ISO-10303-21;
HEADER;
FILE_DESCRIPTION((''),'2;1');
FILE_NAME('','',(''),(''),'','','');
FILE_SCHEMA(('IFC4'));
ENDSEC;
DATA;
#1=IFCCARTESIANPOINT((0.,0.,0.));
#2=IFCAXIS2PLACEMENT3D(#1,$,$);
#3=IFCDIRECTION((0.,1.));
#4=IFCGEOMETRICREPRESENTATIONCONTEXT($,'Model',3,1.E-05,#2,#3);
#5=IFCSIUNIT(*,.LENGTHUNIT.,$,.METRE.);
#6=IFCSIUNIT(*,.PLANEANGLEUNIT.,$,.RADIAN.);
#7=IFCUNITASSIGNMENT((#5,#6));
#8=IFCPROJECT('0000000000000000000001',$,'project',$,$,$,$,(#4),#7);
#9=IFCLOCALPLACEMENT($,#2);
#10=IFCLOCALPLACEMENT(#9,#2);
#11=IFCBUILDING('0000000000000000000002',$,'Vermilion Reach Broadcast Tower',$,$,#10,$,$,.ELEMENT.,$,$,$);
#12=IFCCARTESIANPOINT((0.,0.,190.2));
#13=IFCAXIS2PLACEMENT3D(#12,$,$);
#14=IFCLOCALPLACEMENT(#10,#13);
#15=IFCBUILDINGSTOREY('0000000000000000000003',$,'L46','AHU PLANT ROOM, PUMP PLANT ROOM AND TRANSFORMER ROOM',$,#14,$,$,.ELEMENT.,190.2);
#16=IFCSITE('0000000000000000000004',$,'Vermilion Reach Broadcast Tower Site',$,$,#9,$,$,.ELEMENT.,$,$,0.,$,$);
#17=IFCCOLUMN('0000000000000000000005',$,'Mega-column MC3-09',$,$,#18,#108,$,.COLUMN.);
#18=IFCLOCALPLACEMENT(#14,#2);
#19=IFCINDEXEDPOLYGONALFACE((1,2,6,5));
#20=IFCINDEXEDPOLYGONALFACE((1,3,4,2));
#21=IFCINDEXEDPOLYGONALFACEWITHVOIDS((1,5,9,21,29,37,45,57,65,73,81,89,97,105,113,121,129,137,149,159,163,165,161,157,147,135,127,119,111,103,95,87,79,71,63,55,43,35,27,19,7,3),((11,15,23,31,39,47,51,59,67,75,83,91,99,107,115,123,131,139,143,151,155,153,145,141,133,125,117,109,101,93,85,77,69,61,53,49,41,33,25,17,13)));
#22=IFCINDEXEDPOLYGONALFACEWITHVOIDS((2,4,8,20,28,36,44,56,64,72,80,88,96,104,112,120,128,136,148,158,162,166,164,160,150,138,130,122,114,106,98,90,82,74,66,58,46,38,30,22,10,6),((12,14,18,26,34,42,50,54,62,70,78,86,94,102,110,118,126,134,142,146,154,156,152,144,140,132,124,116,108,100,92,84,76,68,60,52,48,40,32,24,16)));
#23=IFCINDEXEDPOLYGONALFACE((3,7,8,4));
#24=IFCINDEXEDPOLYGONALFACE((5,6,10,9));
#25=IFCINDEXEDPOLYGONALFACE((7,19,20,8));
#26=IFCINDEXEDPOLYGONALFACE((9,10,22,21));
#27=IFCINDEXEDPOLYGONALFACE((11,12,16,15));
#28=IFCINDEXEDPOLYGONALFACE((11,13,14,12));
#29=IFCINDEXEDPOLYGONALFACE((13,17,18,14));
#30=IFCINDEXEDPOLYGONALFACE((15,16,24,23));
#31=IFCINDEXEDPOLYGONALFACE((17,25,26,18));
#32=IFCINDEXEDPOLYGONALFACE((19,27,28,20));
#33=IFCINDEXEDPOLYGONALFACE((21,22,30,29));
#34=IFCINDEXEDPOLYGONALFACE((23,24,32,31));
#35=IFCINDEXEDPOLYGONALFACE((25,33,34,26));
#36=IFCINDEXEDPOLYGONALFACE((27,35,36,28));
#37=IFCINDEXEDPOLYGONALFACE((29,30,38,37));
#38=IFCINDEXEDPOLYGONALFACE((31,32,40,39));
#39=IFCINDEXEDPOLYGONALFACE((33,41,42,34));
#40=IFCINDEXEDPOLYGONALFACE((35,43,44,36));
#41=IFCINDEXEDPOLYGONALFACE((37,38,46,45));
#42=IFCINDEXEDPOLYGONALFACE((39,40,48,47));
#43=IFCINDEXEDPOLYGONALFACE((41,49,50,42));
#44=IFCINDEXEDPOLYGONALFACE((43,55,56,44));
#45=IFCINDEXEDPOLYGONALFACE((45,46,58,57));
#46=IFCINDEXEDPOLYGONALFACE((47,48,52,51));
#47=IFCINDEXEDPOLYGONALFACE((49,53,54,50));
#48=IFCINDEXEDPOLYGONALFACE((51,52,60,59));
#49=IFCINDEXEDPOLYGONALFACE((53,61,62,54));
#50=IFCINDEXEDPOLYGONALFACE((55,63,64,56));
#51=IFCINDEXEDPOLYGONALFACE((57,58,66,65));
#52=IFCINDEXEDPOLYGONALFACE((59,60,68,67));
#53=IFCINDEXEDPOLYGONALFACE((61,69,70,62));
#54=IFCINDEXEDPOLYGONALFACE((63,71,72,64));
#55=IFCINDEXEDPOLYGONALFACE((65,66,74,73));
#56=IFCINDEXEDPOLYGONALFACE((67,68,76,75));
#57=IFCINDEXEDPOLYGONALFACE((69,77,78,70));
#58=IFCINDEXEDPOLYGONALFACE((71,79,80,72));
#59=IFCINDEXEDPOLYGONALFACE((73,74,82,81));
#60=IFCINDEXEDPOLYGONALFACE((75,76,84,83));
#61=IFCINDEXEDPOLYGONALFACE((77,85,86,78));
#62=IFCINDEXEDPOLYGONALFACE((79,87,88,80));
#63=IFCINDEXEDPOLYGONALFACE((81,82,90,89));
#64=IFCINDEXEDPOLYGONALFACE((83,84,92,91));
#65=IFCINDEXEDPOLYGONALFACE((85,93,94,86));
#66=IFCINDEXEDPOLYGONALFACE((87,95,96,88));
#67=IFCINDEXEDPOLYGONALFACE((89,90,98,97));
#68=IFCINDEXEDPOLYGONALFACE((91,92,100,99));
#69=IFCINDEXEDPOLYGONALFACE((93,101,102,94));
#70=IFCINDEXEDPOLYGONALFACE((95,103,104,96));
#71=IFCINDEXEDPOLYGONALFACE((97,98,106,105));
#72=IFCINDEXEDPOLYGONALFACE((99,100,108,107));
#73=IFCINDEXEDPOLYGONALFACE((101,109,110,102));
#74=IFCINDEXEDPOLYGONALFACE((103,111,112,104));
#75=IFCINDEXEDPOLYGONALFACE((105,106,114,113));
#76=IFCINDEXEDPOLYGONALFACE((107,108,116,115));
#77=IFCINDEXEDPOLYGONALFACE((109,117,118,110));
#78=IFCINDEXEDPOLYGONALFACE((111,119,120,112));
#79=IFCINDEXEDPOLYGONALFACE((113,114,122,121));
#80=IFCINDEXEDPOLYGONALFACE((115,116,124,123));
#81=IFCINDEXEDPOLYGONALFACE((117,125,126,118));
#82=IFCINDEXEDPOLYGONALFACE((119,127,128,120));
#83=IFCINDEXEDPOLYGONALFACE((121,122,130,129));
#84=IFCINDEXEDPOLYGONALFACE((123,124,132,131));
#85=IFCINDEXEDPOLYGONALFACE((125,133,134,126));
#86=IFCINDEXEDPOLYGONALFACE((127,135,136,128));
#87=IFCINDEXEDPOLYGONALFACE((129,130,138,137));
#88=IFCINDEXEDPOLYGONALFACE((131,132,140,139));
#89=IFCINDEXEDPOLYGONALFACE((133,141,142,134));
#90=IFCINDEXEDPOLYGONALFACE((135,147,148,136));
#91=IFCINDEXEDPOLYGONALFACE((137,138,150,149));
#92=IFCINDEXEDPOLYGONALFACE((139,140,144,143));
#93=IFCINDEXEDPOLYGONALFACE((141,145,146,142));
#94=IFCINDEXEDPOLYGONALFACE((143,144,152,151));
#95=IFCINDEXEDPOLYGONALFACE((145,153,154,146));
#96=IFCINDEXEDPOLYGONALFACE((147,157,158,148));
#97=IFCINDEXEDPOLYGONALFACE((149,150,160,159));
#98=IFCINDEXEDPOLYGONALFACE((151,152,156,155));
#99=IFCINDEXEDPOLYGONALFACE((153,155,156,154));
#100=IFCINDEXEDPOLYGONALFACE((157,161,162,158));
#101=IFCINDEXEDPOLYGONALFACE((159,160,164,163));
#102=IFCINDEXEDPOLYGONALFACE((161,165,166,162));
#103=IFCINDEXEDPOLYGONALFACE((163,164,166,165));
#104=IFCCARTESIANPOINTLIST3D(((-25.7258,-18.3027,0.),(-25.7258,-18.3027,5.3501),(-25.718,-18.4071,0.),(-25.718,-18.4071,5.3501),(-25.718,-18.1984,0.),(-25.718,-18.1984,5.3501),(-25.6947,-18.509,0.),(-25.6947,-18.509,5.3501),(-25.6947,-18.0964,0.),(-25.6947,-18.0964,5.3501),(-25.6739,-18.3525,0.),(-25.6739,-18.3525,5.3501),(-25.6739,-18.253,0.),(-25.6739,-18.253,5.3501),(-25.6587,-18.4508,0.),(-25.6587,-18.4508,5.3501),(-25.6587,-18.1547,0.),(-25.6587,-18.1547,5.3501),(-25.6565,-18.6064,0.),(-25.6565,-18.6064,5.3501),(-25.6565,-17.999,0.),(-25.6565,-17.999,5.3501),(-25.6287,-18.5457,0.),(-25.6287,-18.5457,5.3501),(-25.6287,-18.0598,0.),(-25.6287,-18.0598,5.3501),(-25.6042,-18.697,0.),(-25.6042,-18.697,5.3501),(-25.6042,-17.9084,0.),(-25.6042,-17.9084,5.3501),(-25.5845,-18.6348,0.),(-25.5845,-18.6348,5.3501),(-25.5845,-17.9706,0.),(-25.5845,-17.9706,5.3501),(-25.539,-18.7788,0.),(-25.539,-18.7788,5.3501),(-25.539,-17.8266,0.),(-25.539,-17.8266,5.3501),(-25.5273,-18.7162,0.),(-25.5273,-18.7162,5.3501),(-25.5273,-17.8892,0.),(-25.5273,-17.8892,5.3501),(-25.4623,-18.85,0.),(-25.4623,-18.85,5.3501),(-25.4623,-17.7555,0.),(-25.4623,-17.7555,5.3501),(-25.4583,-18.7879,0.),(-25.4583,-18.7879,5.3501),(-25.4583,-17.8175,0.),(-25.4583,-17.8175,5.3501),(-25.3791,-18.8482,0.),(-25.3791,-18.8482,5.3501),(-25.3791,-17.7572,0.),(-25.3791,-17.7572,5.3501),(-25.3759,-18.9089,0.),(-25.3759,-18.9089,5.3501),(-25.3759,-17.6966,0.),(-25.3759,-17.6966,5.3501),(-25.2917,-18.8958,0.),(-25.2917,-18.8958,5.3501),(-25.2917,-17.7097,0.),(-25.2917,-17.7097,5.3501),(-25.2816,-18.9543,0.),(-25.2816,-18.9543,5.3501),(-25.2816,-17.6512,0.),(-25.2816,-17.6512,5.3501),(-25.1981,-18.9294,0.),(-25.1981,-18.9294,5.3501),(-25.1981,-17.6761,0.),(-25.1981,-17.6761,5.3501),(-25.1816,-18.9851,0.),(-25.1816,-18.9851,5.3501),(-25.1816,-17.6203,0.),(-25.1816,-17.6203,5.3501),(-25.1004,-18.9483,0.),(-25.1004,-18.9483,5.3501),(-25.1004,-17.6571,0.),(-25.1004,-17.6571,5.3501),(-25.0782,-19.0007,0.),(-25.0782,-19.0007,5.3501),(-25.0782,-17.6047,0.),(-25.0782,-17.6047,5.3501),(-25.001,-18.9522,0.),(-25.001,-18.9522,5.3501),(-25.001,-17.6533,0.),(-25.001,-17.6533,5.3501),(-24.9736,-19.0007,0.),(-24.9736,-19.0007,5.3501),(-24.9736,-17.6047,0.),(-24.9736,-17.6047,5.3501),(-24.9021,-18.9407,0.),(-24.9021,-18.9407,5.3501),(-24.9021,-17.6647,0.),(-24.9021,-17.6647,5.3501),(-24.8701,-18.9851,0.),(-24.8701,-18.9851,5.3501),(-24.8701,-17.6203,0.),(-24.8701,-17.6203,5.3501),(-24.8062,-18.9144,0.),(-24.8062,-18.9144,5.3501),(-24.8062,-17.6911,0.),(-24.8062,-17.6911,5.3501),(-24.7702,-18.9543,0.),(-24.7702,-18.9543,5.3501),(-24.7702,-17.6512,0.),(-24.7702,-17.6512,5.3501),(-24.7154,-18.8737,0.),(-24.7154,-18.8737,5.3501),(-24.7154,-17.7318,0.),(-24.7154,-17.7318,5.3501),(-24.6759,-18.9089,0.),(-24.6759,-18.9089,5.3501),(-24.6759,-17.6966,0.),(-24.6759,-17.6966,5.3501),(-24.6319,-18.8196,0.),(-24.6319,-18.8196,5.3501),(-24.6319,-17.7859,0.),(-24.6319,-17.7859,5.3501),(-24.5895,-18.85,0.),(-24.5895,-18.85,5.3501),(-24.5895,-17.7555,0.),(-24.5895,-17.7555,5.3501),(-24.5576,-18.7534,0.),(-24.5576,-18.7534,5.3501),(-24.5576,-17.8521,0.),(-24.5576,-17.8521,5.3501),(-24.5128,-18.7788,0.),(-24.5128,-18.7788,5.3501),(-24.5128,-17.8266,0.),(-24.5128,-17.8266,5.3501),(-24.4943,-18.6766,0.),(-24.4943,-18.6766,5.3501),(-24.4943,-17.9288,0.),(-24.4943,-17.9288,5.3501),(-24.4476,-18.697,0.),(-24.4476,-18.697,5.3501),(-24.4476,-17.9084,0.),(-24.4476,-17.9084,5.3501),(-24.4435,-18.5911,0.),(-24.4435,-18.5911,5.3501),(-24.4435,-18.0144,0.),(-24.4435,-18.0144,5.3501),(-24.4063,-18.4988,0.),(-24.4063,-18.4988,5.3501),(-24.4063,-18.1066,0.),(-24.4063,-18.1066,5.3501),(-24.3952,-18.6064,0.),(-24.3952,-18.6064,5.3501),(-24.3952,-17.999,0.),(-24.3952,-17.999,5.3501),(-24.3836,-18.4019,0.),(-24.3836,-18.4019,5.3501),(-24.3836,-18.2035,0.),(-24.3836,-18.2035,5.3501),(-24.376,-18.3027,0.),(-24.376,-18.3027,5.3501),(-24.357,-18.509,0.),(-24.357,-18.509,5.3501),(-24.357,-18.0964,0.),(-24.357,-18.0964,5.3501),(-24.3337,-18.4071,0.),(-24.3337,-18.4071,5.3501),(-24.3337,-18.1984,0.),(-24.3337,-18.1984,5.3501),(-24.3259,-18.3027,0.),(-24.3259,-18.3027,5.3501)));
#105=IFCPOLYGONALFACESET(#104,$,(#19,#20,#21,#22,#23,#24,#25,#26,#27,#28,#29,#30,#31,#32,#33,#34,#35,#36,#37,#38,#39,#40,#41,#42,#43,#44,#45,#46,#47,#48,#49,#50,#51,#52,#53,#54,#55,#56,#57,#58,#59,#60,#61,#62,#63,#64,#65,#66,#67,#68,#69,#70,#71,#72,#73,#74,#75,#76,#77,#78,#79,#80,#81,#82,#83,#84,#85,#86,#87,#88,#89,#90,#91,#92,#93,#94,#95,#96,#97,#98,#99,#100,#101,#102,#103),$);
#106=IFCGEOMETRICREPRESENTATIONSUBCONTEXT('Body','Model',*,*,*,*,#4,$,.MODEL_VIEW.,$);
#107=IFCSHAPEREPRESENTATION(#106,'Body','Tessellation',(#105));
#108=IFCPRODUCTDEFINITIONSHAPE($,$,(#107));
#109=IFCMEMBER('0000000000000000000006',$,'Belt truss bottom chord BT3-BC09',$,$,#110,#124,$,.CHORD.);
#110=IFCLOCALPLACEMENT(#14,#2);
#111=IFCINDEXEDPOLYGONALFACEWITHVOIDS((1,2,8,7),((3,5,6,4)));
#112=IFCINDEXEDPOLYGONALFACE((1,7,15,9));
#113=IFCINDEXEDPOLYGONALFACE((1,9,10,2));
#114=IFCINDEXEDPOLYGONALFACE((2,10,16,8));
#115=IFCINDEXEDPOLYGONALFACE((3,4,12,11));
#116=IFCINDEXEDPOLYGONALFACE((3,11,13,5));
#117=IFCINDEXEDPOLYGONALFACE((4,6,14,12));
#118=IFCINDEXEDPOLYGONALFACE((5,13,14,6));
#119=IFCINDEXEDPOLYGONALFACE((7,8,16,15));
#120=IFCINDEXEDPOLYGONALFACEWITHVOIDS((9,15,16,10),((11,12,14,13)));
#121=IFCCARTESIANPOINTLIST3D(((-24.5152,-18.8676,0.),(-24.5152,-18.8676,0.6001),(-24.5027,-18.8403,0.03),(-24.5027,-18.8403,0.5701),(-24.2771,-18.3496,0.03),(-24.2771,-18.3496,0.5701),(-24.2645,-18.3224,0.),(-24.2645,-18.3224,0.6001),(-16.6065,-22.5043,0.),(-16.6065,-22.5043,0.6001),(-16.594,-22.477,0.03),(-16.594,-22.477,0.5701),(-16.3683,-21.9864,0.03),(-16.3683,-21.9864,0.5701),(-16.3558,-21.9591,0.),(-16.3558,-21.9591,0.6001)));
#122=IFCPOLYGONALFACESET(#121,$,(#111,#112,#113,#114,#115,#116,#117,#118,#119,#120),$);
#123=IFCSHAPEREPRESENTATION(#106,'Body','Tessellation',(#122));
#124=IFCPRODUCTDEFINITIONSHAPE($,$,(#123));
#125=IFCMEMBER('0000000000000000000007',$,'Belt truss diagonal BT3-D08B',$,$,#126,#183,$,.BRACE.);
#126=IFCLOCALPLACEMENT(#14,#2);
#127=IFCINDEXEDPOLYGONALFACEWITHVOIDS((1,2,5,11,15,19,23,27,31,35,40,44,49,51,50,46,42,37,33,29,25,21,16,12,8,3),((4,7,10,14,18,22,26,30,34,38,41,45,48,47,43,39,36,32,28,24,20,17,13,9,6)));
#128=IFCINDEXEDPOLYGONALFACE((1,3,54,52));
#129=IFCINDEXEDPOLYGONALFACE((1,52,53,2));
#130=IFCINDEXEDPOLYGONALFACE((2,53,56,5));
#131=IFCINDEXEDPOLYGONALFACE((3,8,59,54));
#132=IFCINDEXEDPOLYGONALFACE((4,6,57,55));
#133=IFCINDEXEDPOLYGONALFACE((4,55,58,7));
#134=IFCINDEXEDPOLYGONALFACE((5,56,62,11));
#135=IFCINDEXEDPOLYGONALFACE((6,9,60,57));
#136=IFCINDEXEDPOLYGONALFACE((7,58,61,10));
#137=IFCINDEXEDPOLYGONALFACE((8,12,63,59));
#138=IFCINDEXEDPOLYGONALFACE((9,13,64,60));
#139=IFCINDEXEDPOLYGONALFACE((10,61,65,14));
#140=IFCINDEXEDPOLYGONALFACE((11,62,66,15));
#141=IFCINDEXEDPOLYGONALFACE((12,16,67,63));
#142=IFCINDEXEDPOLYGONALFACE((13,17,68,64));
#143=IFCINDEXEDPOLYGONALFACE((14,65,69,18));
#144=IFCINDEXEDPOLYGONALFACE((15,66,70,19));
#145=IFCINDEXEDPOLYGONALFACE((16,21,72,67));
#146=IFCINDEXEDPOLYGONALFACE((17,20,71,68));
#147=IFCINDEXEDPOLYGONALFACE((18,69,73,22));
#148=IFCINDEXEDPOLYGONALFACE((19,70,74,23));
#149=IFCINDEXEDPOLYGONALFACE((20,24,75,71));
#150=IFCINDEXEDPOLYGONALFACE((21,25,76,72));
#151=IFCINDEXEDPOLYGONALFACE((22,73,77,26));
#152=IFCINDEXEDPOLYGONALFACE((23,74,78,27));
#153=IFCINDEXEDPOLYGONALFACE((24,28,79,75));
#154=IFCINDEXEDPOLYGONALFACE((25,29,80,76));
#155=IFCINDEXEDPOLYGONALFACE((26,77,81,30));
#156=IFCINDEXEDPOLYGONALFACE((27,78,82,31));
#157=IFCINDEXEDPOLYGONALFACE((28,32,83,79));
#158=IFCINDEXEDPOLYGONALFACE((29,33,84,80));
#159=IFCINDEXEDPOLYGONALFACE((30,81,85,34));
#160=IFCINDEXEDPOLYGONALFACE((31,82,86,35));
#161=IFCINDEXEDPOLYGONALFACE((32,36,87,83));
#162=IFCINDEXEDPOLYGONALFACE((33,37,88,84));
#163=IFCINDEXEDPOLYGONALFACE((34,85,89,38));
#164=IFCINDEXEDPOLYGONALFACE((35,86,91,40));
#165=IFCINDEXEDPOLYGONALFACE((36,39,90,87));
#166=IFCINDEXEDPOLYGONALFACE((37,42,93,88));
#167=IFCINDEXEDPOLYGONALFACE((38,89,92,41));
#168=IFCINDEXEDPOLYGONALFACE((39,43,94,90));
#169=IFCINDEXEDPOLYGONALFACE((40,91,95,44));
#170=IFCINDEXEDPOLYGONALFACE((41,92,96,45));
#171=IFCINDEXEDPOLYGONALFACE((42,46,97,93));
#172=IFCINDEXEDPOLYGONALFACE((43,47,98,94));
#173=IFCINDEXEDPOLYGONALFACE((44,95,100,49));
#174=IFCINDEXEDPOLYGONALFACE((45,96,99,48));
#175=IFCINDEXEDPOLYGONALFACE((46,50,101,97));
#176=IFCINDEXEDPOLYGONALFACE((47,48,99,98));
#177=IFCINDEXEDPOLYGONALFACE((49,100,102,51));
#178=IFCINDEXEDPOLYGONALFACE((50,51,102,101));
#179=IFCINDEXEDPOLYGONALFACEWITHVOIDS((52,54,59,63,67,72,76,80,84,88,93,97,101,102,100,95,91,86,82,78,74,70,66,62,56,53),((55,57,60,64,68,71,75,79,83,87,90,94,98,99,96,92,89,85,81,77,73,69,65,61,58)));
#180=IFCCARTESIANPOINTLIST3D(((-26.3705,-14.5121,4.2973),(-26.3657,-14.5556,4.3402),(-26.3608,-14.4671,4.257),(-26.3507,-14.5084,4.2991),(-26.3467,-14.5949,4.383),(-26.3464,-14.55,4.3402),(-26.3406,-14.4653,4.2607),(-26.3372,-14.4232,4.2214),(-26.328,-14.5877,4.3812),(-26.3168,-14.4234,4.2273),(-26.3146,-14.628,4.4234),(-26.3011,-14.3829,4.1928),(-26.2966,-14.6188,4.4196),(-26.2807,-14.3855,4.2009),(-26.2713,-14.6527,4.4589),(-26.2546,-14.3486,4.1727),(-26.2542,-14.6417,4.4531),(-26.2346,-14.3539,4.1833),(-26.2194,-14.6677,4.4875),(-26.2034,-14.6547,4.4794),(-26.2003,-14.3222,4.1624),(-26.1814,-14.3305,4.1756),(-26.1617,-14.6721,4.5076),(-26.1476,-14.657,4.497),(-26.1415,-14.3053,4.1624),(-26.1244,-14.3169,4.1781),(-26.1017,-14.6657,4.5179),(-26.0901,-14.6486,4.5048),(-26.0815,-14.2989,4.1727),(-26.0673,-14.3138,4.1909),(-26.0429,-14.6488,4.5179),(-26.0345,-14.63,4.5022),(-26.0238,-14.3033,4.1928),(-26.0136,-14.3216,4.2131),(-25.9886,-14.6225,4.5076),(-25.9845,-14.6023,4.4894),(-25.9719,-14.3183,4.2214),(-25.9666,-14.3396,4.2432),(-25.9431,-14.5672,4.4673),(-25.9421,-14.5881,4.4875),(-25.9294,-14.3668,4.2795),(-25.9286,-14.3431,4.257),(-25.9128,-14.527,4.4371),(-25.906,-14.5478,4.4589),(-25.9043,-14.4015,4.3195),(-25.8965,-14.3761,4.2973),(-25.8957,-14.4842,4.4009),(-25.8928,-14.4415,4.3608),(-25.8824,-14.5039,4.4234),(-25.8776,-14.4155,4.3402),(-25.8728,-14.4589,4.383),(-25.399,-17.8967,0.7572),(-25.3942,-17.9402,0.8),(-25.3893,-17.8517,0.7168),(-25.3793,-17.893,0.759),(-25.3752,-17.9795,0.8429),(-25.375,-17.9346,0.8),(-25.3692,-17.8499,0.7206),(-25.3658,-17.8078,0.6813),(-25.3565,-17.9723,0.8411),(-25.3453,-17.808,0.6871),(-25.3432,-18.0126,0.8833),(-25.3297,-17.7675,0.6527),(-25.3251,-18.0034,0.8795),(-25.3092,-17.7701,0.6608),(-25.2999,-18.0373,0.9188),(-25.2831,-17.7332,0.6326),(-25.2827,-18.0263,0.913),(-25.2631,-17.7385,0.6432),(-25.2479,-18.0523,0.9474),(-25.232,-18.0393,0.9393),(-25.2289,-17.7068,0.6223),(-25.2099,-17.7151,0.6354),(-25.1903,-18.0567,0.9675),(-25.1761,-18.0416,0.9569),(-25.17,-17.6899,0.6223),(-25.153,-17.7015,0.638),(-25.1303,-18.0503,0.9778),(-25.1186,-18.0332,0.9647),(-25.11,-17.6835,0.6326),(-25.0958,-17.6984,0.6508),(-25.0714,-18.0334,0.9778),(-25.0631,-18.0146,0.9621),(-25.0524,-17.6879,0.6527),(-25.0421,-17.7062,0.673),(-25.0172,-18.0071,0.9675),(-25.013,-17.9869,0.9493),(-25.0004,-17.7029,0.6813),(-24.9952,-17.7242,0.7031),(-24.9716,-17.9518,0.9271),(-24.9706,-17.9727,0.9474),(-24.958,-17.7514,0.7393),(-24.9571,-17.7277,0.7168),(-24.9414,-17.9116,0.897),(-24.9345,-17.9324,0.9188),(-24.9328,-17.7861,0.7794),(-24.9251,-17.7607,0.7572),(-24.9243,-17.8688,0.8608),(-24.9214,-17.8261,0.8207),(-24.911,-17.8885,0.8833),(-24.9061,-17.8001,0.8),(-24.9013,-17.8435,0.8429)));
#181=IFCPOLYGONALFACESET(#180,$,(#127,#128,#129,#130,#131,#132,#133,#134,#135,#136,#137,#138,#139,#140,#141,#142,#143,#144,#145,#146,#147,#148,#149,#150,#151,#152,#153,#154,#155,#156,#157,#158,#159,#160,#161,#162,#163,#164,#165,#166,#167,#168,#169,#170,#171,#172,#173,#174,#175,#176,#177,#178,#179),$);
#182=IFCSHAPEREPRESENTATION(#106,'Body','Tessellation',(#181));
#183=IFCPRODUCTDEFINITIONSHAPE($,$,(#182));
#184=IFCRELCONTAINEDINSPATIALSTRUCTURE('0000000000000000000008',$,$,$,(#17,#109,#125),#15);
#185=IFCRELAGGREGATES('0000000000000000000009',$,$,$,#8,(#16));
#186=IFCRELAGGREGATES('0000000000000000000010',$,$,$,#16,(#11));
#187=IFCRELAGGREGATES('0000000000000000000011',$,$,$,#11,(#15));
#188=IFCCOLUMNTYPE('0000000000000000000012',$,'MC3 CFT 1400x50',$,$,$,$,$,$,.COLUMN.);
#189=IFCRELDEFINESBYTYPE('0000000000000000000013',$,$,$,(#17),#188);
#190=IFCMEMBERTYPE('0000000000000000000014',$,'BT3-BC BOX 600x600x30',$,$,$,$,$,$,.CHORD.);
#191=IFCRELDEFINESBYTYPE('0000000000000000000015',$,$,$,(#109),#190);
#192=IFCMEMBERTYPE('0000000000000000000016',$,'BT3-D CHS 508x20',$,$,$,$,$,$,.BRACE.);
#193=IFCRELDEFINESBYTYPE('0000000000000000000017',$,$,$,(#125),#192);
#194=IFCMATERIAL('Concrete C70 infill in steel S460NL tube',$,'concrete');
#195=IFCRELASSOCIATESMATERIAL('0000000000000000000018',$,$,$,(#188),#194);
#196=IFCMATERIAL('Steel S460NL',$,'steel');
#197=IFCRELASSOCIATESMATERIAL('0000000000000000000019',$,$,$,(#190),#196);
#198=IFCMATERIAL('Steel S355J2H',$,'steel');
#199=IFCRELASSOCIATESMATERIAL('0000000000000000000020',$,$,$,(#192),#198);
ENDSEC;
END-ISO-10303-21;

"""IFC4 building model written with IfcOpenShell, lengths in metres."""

from ifc_helpers import new_model, si_unit, direction, frame, origin, origin_2d, place, context, subcontext, project, spatial, hollow_rectangle, hollow_circle, extrude, material, material_profile, profile_set, type_object, element, save


model = new_model("IFC4")

# Units and contexts
model_context = context("Model", 3, precision=1e-05, world=origin(), true_north=direction((0.0, 1.0)))
body_context = subcontext(model_context, "Body", "Model", "MODEL_VIEW")
ifc_project = project(units=[si_unit("LENGTHUNIT", "METRE"), si_unit("PLANEANGLEUNIT", "RADIAN")], contexts=[model_context])

# Site, building, storey
site_placement = place(None, origin())
site = spatial("IfcSite", under=ifc_project, at=site_placement, Name="Vermilion Reach Broadcast Tower Site", CompositionType="ELEMENT", RefElevation=0.0)
building_placement = place(site_placement, origin())
building = spatial("IfcBuilding", under=site, at=building_placement, Name="Vermilion Reach Broadcast Tower", CompositionType="ELEMENT")
storey_placement = place(building_placement, frame((0.0, 0.0, 190.2)))
storey = spatial("IfcBuildingStorey", under=building, at=storey_placement, Name="L46", Description="AHU PLANT ROOM, PUMP PLANT ROOM AND TRANSFORMER ROOM", CompositionType="ELEMENT", Elevation=190.2)

# Column
ifc_material_1 = material(Name="Concrete C70 infill in steel S460NL tube", Category="concrete")
ifc_material_profile_1 = material_profile(ifc_material_1, hollow_circle(Radius=0.7, WallThickness=0.05, at=origin_2d()), Name="Concrete C70 infill in steel S460NL tube CFT 1400x50")
ifc_profile_set_1 = profile_set([ifc_material_profile_1], Name="Concrete C70 infill in steel S460NL tube")
column_type = type_object("IfcColumnType", Name="MC3 CFT 1400x50", PredefinedType="COLUMN", material=ifc_profile_set_1)
column_placement = place(storey_placement, frame((-25.0259, -18.3027, 0.0), z_axis=(0.0, 0.0, 1.0), x_axis=(1.0, 0.0, 0.0)))
element("IfcColumn", 1, at=column_placement, inside=storey, type_object=column_type, Name="Mega-column MC3-09", PredefinedType="COLUMN", context=body_context, shape_type="SweptSolid", body=[
    extrude(hollow_circle(Radius=0.7, WallThickness=0.05, at=origin_2d()), origin(), (0.0, 0.0, 1.0), 5.3501),
])

# Members
ifc_material_2 = material(Name="Steel S460NL", Category="steel")
ifc_material_profile_2 = material_profile(ifc_material_2, hollow_rectangle(XDim=0.6001, YDim=0.6001, WallThickness=0.03, at=origin_2d()), Name="S460NL BOX 600x600x30")
ifc_profile_set_2 = profile_set([ifc_material_profile_2], Name="Steel S460NL")
member_type_1 = type_object("IfcMemberType", Name="BT3-BC BOX 600x600x30", PredefinedType="CHORD", material=ifc_profile_set_2)
member_1_placement = place(storey_placement, frame((-24.3899, -18.595, 0.3), z_axis=(0.908546, -0.417784, 0.0), x_axis=(0.417784, 0.908546, 0.0)))
element("IfcMember", 2, at=member_1_placement, inside=storey, type_object=member_type_1, Name="Belt truss bottom chord BT3-BC09", PredefinedType="CHORD", context=body_context, shape_type="SweptSolid", body=[
    extrude(hollow_rectangle(XDim=0.6001, YDim=0.6001, WallThickness=0.03, at=origin_2d()), origin(), (0.0, 0.0, 1.0), 8.7048),
])
ifc_material_3 = material(Name="Steel S355J2H", Category="steel")
ifc_material_profile_3 = material_profile(ifc_material_3, hollow_circle(Radius=0.2539, WallThickness=0.02, at=origin_2d()), Name="S355J2H CHS 508x20")
ifc_profile_set_3 = profile_set([ifc_material_profile_3], Name="Steel S355J2H")
member_type_2 = type_object("IfcMemberType", Name="BT3-D CHS 508x20", PredefinedType="BRACE", material=ifc_profile_set_3)
member_2_placement = place(storey_placement, frame((-25.1501, -17.8701, 0.8), z_axis=(-0.194558, 0.677846, 0.708993), x_axis=(-0.961191, -0.275884, 0.0)))
element("IfcMember", 3, at=member_2_placement, inside=storey, type_object=member_type_2, Name="Belt truss diagonal BT3-D08B", PredefinedType="BRACE", context=body_context, shape_type="SweptSolid", body=[
    extrude(hollow_circle(Radius=0.2539, WallThickness=0.02, at=origin_2d()), origin(), (0.0, 0.0, 1.0), 4.9932),
])

save(model, "model.ifc")
